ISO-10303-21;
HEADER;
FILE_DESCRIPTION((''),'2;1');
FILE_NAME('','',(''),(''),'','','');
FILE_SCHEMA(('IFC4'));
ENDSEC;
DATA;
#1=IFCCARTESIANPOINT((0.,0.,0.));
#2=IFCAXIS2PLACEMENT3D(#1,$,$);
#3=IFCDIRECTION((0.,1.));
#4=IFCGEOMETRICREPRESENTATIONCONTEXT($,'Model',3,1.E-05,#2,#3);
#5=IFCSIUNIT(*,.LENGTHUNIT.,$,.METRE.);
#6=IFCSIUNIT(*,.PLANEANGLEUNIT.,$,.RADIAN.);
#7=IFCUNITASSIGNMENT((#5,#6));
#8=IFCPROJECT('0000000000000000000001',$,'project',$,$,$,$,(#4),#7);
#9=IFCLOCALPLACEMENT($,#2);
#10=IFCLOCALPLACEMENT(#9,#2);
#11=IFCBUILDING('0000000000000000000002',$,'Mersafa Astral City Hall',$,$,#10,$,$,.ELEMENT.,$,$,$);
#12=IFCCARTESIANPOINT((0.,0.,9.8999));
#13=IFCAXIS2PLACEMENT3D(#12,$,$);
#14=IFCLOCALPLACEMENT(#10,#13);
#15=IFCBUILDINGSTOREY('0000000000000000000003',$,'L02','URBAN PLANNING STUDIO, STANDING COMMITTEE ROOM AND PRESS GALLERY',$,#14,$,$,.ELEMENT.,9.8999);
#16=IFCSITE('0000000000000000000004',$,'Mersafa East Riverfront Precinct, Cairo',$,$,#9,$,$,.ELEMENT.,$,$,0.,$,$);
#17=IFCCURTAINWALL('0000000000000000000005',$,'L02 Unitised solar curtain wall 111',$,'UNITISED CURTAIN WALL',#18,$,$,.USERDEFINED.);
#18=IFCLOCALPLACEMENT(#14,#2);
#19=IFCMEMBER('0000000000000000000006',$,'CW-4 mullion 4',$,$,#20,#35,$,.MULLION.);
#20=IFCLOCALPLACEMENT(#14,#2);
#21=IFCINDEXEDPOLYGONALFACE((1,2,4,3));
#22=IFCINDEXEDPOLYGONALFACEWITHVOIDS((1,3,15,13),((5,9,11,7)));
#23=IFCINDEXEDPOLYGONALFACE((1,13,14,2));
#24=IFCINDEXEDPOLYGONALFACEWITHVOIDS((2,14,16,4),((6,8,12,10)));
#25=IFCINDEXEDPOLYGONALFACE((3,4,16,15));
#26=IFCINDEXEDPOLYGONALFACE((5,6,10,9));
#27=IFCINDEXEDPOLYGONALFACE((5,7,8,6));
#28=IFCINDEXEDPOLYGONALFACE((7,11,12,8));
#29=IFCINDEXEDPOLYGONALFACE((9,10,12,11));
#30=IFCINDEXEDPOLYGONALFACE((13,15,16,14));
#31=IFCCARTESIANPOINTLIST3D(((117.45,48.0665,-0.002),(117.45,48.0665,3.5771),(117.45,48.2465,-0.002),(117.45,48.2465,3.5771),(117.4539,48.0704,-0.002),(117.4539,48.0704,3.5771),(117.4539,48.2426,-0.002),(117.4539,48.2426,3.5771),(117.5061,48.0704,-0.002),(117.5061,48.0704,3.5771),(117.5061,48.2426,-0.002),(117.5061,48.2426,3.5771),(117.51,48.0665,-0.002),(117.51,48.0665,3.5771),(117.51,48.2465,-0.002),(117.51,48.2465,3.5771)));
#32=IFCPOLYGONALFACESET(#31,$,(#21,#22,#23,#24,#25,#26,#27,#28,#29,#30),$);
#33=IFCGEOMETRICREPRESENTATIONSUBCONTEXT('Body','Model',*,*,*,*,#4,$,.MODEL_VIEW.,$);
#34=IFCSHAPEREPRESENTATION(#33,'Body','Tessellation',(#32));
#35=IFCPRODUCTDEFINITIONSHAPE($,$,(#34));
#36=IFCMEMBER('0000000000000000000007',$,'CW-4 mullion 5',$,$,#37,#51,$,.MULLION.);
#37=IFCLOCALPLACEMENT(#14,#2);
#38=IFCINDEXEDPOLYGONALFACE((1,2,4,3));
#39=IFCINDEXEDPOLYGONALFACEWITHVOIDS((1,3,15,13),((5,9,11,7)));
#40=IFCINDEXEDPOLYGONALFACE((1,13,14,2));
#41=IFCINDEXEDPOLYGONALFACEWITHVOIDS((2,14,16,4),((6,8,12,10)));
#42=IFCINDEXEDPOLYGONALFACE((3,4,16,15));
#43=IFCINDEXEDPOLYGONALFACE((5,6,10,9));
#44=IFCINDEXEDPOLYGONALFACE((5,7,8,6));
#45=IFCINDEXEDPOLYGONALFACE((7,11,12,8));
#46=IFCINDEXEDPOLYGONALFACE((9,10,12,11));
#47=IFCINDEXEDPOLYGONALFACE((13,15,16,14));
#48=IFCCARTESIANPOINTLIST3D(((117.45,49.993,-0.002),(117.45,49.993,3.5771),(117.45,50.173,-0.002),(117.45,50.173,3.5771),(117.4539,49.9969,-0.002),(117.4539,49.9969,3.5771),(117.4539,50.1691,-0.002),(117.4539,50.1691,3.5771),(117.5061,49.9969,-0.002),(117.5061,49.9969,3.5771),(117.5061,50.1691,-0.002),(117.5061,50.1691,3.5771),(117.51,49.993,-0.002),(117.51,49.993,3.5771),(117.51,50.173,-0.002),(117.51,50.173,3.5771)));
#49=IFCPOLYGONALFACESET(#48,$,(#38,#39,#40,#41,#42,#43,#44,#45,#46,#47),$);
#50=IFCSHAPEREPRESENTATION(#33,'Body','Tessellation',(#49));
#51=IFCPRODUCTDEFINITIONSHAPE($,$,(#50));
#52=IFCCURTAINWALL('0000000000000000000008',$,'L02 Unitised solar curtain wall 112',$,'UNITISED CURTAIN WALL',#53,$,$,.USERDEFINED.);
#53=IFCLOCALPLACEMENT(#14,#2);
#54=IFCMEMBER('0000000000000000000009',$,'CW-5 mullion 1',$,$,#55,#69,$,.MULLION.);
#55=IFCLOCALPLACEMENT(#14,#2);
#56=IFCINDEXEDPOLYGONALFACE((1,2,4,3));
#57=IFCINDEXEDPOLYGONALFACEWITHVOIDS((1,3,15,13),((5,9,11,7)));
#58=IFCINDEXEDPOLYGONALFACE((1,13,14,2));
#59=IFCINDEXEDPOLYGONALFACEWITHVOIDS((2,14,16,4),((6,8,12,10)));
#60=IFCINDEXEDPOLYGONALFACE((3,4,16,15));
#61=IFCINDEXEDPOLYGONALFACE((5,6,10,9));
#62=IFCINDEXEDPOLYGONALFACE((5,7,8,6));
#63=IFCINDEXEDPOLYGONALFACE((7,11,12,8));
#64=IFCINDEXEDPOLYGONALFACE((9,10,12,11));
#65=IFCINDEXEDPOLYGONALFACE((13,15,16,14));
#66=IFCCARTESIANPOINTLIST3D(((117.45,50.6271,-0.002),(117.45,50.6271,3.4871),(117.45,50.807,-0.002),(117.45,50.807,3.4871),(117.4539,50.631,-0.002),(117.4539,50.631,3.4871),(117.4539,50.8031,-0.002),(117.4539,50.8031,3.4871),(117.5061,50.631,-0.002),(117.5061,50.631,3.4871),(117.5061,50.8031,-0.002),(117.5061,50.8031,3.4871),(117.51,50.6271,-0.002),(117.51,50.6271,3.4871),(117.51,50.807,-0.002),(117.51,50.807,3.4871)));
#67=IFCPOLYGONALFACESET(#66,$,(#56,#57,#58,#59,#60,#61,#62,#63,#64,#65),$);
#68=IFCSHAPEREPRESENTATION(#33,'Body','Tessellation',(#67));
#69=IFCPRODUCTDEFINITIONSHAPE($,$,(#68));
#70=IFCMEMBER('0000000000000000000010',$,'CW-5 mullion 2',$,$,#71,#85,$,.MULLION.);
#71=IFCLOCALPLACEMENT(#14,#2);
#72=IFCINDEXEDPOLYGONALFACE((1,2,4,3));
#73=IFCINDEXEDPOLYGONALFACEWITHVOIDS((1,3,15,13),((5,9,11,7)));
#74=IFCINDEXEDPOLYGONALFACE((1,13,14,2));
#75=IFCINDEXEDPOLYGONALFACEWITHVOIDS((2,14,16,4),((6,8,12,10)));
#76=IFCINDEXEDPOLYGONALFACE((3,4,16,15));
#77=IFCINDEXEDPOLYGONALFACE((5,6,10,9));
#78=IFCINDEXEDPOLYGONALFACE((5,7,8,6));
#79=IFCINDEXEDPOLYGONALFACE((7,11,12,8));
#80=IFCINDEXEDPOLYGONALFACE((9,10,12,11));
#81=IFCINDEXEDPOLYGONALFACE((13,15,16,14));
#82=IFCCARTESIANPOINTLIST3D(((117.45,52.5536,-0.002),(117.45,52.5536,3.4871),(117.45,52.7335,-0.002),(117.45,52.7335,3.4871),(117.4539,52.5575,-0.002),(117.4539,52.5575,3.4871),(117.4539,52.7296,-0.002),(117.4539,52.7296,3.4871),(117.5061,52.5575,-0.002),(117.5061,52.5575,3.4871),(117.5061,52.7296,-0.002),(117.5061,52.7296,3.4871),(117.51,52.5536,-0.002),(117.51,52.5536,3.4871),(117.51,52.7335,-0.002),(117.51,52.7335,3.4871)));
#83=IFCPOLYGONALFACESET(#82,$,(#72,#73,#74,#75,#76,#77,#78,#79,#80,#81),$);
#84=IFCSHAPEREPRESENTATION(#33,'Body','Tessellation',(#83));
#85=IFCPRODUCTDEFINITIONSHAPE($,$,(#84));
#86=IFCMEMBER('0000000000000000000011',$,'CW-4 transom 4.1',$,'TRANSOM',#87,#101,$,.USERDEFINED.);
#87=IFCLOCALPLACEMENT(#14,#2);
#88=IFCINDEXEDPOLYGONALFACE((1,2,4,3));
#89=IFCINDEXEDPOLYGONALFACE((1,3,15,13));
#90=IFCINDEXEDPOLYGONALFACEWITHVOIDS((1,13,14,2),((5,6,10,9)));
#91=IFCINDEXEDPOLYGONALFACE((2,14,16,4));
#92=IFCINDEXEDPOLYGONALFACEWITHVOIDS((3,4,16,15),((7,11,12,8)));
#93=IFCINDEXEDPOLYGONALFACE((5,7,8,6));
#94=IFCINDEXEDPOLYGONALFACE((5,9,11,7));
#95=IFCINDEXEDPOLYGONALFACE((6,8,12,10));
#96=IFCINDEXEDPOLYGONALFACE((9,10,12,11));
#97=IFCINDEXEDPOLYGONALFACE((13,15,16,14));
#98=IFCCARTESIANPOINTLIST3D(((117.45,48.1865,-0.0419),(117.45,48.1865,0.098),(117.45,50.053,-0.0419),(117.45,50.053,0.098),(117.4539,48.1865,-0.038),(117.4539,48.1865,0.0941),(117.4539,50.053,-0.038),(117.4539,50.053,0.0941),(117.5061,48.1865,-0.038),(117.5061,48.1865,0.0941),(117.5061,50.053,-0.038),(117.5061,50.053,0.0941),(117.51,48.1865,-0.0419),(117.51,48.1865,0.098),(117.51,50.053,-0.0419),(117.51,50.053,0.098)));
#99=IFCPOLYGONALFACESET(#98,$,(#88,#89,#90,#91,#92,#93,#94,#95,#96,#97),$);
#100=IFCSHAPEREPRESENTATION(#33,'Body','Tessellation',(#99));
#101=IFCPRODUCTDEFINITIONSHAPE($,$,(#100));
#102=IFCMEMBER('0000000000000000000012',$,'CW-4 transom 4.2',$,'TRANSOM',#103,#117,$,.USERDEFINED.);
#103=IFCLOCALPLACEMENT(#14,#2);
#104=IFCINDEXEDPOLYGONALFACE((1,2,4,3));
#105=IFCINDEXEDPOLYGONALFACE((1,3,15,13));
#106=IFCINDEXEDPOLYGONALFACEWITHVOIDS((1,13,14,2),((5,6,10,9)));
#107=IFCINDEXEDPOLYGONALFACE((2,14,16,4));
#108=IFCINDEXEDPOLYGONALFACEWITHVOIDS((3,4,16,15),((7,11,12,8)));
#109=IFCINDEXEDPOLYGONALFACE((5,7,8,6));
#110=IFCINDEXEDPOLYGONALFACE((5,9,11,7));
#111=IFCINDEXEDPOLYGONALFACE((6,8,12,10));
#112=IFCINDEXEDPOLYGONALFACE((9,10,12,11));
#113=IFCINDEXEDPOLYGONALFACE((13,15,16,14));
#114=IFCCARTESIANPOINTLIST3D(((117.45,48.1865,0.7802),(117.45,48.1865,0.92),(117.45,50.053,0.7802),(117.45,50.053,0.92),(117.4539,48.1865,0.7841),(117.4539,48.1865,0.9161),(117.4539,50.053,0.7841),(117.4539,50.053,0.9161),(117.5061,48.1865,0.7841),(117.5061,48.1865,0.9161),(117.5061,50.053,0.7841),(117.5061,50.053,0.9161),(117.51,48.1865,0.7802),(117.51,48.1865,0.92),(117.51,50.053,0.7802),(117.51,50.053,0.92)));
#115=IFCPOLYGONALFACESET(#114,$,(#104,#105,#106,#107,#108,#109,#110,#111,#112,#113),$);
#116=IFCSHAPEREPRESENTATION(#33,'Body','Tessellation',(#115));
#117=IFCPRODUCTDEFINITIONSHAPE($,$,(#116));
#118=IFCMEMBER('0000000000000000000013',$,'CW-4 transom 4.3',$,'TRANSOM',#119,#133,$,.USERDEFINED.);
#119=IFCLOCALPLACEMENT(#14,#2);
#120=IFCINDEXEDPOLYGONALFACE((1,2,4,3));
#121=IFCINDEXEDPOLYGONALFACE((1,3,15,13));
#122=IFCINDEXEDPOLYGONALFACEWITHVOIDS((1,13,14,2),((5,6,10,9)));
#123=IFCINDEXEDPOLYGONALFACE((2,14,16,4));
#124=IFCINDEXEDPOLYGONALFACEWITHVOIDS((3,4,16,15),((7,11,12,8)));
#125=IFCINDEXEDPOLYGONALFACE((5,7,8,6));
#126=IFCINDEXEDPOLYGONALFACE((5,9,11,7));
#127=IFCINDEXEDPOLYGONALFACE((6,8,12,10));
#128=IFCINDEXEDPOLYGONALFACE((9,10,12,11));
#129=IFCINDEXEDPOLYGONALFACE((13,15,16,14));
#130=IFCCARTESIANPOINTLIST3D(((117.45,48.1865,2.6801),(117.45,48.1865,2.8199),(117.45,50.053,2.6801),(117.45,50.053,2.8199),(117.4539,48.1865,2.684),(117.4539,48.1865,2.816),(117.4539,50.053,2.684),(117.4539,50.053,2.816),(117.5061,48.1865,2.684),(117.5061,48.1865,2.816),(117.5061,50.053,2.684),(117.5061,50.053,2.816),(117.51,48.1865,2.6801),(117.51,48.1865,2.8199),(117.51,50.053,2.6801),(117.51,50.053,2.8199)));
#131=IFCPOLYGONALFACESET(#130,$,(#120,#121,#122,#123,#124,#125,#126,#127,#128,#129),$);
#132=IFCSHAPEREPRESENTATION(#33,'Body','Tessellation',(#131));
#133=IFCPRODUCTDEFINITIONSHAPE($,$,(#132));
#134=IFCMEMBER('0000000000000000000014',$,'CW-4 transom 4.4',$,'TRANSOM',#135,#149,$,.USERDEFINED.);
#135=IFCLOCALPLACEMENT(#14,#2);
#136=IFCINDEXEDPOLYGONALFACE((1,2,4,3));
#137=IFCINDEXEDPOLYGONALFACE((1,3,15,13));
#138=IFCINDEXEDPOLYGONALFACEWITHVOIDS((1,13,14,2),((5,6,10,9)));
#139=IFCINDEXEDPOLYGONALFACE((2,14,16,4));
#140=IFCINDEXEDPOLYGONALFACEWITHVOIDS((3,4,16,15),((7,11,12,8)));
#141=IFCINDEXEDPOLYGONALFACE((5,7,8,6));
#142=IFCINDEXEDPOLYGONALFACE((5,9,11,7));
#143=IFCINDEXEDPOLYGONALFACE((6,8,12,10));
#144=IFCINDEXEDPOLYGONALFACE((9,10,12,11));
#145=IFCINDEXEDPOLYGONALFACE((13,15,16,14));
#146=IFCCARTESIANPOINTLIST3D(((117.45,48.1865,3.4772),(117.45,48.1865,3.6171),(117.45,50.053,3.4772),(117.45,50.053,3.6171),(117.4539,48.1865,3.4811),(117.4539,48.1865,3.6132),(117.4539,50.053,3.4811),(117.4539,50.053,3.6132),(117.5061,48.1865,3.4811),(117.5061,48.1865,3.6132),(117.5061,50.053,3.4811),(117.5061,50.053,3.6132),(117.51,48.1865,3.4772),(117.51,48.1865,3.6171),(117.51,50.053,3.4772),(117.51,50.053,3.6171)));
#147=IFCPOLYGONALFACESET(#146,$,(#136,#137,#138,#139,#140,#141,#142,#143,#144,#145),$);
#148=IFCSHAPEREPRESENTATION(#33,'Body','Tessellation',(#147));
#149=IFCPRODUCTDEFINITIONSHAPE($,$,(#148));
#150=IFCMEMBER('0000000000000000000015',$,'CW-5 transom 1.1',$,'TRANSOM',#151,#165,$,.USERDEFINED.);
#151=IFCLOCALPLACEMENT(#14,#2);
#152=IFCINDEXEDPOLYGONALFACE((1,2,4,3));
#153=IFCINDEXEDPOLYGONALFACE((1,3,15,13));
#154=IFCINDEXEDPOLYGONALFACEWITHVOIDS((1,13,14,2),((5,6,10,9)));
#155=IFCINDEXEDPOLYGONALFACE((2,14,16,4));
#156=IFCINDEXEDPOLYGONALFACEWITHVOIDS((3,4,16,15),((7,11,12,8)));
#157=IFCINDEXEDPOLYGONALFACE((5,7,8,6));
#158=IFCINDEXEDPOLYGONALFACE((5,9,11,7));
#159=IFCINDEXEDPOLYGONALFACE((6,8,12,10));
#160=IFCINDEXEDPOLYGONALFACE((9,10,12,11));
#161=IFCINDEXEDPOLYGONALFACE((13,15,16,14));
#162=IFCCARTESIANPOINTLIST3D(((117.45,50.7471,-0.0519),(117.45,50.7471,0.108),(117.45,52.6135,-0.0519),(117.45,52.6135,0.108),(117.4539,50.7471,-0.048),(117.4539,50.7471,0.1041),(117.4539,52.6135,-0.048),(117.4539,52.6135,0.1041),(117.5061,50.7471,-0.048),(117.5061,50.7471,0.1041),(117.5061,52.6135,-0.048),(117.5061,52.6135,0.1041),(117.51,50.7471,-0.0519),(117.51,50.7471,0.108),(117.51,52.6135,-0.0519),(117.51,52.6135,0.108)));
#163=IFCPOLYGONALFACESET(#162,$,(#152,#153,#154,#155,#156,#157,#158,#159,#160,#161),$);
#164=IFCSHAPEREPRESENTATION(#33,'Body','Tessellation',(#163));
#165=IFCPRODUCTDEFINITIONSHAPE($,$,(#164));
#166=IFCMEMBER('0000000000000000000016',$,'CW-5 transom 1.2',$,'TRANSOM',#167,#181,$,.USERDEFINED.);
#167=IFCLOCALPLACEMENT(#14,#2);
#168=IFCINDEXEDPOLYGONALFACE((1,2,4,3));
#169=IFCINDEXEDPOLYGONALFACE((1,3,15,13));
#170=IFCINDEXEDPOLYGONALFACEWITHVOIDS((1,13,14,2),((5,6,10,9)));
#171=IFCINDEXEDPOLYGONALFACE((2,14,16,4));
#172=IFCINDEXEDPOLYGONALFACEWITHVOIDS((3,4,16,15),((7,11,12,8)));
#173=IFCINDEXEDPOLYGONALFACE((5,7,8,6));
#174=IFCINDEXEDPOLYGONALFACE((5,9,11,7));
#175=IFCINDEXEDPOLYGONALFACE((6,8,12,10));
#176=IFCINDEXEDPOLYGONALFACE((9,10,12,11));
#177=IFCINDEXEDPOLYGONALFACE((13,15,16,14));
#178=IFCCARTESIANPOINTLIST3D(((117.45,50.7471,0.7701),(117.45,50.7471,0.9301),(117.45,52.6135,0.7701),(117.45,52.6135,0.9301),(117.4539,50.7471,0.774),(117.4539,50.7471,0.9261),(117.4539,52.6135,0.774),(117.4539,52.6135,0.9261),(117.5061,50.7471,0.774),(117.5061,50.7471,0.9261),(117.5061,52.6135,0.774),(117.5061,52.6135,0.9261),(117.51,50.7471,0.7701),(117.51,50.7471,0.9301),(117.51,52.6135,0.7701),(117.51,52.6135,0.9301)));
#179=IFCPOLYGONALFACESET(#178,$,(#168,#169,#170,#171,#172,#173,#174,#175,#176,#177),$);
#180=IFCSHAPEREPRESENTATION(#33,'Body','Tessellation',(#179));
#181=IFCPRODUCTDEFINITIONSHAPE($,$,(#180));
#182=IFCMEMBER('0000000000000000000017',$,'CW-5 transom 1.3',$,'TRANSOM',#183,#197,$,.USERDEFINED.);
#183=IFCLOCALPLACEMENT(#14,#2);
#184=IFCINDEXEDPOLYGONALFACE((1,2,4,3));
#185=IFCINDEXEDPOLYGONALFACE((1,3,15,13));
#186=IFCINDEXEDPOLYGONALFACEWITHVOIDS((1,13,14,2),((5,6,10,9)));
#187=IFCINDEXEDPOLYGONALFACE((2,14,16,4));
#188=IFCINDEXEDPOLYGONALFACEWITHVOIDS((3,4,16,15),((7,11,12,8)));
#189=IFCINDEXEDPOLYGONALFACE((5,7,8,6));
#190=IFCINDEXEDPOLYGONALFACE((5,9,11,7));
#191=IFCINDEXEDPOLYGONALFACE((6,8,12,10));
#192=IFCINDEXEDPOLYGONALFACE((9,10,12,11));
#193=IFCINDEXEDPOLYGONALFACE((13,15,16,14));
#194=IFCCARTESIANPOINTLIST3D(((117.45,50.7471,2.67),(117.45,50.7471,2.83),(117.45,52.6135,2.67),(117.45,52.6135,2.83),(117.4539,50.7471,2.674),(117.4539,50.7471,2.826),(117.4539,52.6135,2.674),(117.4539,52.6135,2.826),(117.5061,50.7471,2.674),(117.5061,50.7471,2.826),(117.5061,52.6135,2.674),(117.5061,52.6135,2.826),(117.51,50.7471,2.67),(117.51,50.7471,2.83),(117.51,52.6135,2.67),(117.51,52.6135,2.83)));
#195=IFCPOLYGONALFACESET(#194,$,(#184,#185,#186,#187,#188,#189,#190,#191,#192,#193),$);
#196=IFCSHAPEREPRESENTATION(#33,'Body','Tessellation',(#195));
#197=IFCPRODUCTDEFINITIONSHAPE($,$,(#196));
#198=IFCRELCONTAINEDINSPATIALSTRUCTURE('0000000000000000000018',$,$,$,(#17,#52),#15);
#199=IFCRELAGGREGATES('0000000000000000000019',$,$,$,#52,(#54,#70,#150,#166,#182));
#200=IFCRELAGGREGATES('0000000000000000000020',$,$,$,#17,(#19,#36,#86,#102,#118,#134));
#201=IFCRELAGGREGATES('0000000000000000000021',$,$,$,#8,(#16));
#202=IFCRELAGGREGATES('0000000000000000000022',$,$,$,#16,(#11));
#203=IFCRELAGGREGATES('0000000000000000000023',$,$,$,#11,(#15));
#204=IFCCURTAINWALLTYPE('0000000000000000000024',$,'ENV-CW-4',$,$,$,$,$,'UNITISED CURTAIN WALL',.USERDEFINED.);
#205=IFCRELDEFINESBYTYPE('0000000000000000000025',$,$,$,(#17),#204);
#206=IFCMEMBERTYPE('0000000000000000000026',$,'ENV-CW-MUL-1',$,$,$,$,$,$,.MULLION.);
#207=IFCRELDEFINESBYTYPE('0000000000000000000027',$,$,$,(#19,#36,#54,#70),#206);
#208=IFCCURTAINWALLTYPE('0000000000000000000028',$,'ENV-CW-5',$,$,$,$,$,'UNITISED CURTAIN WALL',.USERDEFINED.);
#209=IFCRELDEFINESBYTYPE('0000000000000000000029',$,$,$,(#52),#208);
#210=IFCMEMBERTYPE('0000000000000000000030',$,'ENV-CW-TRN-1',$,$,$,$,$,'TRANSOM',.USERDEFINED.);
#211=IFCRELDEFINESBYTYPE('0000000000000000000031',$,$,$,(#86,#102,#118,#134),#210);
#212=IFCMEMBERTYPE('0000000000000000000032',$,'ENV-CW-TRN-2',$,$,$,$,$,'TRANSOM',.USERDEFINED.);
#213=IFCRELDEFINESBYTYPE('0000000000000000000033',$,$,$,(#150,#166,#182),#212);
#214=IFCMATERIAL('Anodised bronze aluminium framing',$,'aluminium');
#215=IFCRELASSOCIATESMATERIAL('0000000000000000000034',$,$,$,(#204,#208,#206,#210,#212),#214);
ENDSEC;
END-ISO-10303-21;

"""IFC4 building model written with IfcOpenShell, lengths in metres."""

from ifc_helpers import new_model, si_unit, direction, frame, origin, origin_2d, place, context, subcontext, project, spatial, hollow_rectangle, extrude, material, material_profile, profile_set, type_object, element, aggregate, save


model = new_model("IFC4")

# Units and contexts
model_context = context("Model", 3, precision=1e-05, world=origin(), true_north=direction((0.0, 1.0)))
body_context = subcontext(model_context, "Body", "Model", "MODEL_VIEW")
ifc_project = project(units=[si_unit("LENGTHUNIT", "METRE"), si_unit("PLANEANGLEUNIT", "RADIAN")], contexts=[model_context])

# Site, building, storey
site_placement = place(None, origin())
site = spatial("IfcSite", under=ifc_project, at=site_placement, Name="Mersafa East Riverfront Precinct, Cairo", CompositionType="ELEMENT", RefElevation=0.0)
building_placement = place(site_placement, origin())
building = spatial("IfcBuilding", under=site, at=building_placement, Name="Mersafa Astral City Hall", CompositionType="ELEMENT")
storey_placement = place(building_placement, frame((0.0, 0.0, 9.8999)))
storey = spatial("IfcBuildingStorey", under=building, at=storey_placement, Name="L02", Description="URBAN PLANNING STUDIO, STANDING COMMITTEE ROOM AND PRESS GALLERY", CompositionType="ELEMENT", Elevation=9.8999)

# Curtain walls, members
ifc_material_1 = material(Name="Anodised bronze aluminium framing", Category="aluminium")
curtain_wall_type_1 = type_object("IfcCurtainWallType", Name="ENV-CW-4", ElementType="UNITISED CURTAIN WALL", PredefinedType="USERDEFINED", material=ifc_material_1)
curtain_wall_1_placement = place(storey_placement, origin())
curtain_wall_1 = element("IfcCurtainWall", 1, at=curtain_wall_1_placement, inside=storey, type_object=curtain_wall_type_1, Name="L02 Unitised solar curtain wall 111", ObjectType="UNITISED CURTAIN WALL", PredefinedType="USERDEFINED")
ifc_material_profile_1 = material_profile(ifc_material_1, hollow_rectangle(XDim=0.0601, YDim=0.1799, WallThickness=0.0039, at=origin_2d()), Name="RHS 60x180x4")
ifc_profile_set_1 = profile_set([ifc_material_profile_1], Name="Anodised bronze aluminium framing")
member_type_1 = type_object("IfcMemberType", Name="ENV-CW-MUL-1", PredefinedType="MULLION", material=ifc_profile_set_1)
member_1_placement = place(storey_placement, frame((117.48, 48.1565, -0.002), z_axis=(0.0, 0.0, 1.0), x_axis=(-1.0, 0.0, 0.0)))
member_1 = element("IfcMember", 2, at=member_1_placement, type_object=member_type_1, Name="CW-4 mullion 4", PredefinedType="MULLION", context=body_context, shape_type="SweptSolid", body=[
    extrude(hollow_rectangle(XDim=0.0601, YDim=0.1799, WallThickness=0.0039, at=origin_2d()), origin(), (0.0, 0.0, 1.0), 3.5791),
])
member_2_placement = place(storey_placement, frame((117.48, 50.083, -0.002), z_axis=(0.0, 0.0, 1.0), x_axis=(-1.0, 0.0, 0.0)))
member_2 = element("IfcMember", 3, at=member_2_placement, type_object=member_type_1, Name="CW-4 mullion 5", PredefinedType="MULLION", context=body_context, shape_type="SweptSolid", body=[
    extrude(hollow_rectangle(XDim=0.0601, YDim=0.1799, WallThickness=0.0039, at=origin_2d()), origin(), (0.0, 0.0, 1.0), 3.5791),
])
curtain_wall_type_2 = type_object("IfcCurtainWallType", Name="ENV-CW-5", ElementType="UNITISED CURTAIN WALL", PredefinedType="USERDEFINED", material=ifc_material_1)
curtain_wall_2_placement = place(storey_placement, origin())
curtain_wall_2 = element("IfcCurtainWall", 4, at=curtain_wall_2_placement, inside=storey, type_object=curtain_wall_type_2, Name="L02 Unitised solar curtain wall 112", ObjectType="UNITISED CURTAIN WALL", PredefinedType="USERDEFINED")
member_3_placement = place(storey_placement, frame((117.48, 50.717, -0.002), z_axis=(0.0, 0.0, 1.0), x_axis=(-1.0, 0.0, 0.0)))
member_3 = element("IfcMember", 5, at=member_3_placement, type_object=member_type_1, Name="CW-5 mullion 1", PredefinedType="MULLION", context=body_context, shape_type="SweptSolid", body=[
    extrude(hollow_rectangle(XDim=0.0601, YDim=0.1799, WallThickness=0.0039, at=origin_2d()), origin(), (0.0, 0.0, 1.0), 3.489),
])
member_4_placement = place(storey_placement, frame((117.48, 52.6436, -0.002), z_axis=(0.0, 0.0, 1.0), x_axis=(-1.0, 0.0, 0.0)))
member_4 = element("IfcMember", 6, at=member_4_placement, type_object=member_type_1, Name="CW-5 mullion 2", PredefinedType="MULLION", context=body_context, shape_type="SweptSolid", body=[
    extrude(hollow_rectangle(XDim=0.0601, YDim=0.1799, WallThickness=0.0039, at=origin_2d()), origin(), (0.0, 0.0, 1.0), 3.489),
])

# Members
ifc_material_profile_2 = material_profile(ifc_material_1, hollow_rectangle(XDim=0.0601, YDim=0.1399, WallThickness=0.0039, at=origin_2d()), Name="RHS 60x140x4")
ifc_profile_set_2 = profile_set([ifc_material_profile_2], Name="Anodised bronze aluminium framing")
member_type_2 = type_object("IfcMemberType", Name="ENV-CW-TRN-1", ElementType="TRANSOM", PredefinedType="USERDEFINED", material=ifc_profile_set_2)
member_5_placement = place(storey_placement, frame((117.48, 48.1865, 0.0281), z_axis=(0.0, 1.0, 0.0), x_axis=(-1.0, 0.0, 0.0)))
member_5 = element("IfcMember", 7, at=member_5_placement, type_object=member_type_2, Name="CW-4 transom 4.1", ObjectType="TRANSOM", PredefinedType="USERDEFINED", context=body_context, shape_type="SweptSolid", body=[
    extrude(hollow_rectangle(XDim=0.0601, YDim=0.1399, WallThickness=0.0039, at=origin_2d()), origin(), (0.0, 0.0, 1.0), 1.8665),
])
member_6_placement = place(storey_placement, frame((117.48, 48.1865, 0.8501), z_axis=(0.0, 1.0, 0.0), x_axis=(-1.0, 0.0, 0.0)))
member_6 = element("IfcMember", 8, at=member_6_placement, type_object=member_type_2, Name="CW-4 transom 4.2", ObjectType="TRANSOM", PredefinedType="USERDEFINED", context=body_context, shape_type="SweptSolid", body=[
    extrude(hollow_rectangle(XDim=0.0601, YDim=0.1399, WallThickness=0.0039, at=origin_2d()), origin(), (0.0, 0.0, 1.0), 1.8665),
])
member_7_placement = place(storey_placement, frame((117.48, 48.1865, 2.75), z_axis=(0.0, 1.0, 0.0), x_axis=(-1.0, 0.0, 0.0)))
member_7 = element("IfcMember", 9, at=member_7_placement, type_object=member_type_2, Name="CW-4 transom 4.3", ObjectType="TRANSOM", PredefinedType="USERDEFINED", context=body_context, shape_type="SweptSolid", body=[
    extrude(hollow_rectangle(XDim=0.0601, YDim=0.1399, WallThickness=0.0039, at=origin_2d()), origin(), (0.0, 0.0, 1.0), 1.8665),
])
member_8_placement = place(storey_placement, frame((117.48, 48.1865, 3.5471), z_axis=(0.0, 1.0, 0.0), x_axis=(-1.0, 0.0, 0.0)))
member_8 = element("IfcMember", 10, at=member_8_placement, type_object=member_type_2, Name="CW-4 transom 4.4", ObjectType="TRANSOM", PredefinedType="USERDEFINED", context=body_context, shape_type="SweptSolid", body=[
    extrude(hollow_rectangle(XDim=0.0601, YDim=0.1399, WallThickness=0.0039, at=origin_2d()), origin(), (0.0, 0.0, 1.0), 1.8665),
])
ifc_material_profile_3 = material_profile(ifc_material_1, hollow_rectangle(XDim=0.0601, YDim=0.1599, WallThickness=0.0039, at=origin_2d()), Name="RHS 60x160x4")
ifc_profile_set_3 = profile_set([ifc_material_profile_3], Name="Anodised bronze aluminium framing")
member_type_3 = type_object("IfcMemberType", Name="ENV-CW-TRN-2", ElementType="TRANSOM", PredefinedType="USERDEFINED", material=ifc_profile_set_3)
member_9_placement = place(storey_placement, frame((117.48, 50.7471, 0.0281), z_axis=(0.0, 1.0, 0.0), x_axis=(-1.0, 0.0, 0.0)))
member_9 = element("IfcMember", 11, at=member_9_placement, type_object=member_type_3, Name="CW-5 transom 1.1", ObjectType="TRANSOM", PredefinedType="USERDEFINED", context=body_context, shape_type="SweptSolid", body=[
    extrude(hollow_rectangle(XDim=0.0601, YDim=0.1599, WallThickness=0.0039, at=origin_2d()), origin(), (0.0, 0.0, 1.0), 1.8665),
])
member_10_placement = place(storey_placement, frame((117.48, 50.7471, 0.8501), z_axis=(0.0, 1.0, 0.0), x_axis=(-1.0, 0.0, 0.0)))
member_10 = element("IfcMember", 12, at=member_10_placement, type_object=member_type_3, Name="CW-5 transom 1.2", ObjectType="TRANSOM", PredefinedType="USERDEFINED", context=body_context, shape_type="SweptSolid", body=[
    extrude(hollow_rectangle(XDim=0.0601, YDim=0.1599, WallThickness=0.0039, at=origin_2d()), origin(), (0.0, 0.0, 1.0), 1.8665),
])
member_11_placement = place(storey_placement, frame((117.48, 50.7471, 2.75), z_axis=(0.0, 1.0, 0.0), x_axis=(-1.0, 0.0, 0.0)))
member_11 = element("IfcMember", 13, at=member_11_placement, type_object=member_type_3, Name="CW-5 transom 1.3", ObjectType="TRANSOM", PredefinedType="USERDEFINED", context=body_context, shape_type="SweptSolid", body=[
    extrude(hollow_rectangle(XDim=0.0601, YDim=0.1599, WallThickness=0.0039, at=origin_2d()), origin(), (0.0, 0.0, 1.0), 1.8665),
])

aggregate(curtain_wall_2, [member_3, member_4, member_9, member_10, member_11])
aggregate(curtain_wall_1, [member_1, member_2, member_5, member_6, member_7, member_8])

save(model, "model.ifc")
